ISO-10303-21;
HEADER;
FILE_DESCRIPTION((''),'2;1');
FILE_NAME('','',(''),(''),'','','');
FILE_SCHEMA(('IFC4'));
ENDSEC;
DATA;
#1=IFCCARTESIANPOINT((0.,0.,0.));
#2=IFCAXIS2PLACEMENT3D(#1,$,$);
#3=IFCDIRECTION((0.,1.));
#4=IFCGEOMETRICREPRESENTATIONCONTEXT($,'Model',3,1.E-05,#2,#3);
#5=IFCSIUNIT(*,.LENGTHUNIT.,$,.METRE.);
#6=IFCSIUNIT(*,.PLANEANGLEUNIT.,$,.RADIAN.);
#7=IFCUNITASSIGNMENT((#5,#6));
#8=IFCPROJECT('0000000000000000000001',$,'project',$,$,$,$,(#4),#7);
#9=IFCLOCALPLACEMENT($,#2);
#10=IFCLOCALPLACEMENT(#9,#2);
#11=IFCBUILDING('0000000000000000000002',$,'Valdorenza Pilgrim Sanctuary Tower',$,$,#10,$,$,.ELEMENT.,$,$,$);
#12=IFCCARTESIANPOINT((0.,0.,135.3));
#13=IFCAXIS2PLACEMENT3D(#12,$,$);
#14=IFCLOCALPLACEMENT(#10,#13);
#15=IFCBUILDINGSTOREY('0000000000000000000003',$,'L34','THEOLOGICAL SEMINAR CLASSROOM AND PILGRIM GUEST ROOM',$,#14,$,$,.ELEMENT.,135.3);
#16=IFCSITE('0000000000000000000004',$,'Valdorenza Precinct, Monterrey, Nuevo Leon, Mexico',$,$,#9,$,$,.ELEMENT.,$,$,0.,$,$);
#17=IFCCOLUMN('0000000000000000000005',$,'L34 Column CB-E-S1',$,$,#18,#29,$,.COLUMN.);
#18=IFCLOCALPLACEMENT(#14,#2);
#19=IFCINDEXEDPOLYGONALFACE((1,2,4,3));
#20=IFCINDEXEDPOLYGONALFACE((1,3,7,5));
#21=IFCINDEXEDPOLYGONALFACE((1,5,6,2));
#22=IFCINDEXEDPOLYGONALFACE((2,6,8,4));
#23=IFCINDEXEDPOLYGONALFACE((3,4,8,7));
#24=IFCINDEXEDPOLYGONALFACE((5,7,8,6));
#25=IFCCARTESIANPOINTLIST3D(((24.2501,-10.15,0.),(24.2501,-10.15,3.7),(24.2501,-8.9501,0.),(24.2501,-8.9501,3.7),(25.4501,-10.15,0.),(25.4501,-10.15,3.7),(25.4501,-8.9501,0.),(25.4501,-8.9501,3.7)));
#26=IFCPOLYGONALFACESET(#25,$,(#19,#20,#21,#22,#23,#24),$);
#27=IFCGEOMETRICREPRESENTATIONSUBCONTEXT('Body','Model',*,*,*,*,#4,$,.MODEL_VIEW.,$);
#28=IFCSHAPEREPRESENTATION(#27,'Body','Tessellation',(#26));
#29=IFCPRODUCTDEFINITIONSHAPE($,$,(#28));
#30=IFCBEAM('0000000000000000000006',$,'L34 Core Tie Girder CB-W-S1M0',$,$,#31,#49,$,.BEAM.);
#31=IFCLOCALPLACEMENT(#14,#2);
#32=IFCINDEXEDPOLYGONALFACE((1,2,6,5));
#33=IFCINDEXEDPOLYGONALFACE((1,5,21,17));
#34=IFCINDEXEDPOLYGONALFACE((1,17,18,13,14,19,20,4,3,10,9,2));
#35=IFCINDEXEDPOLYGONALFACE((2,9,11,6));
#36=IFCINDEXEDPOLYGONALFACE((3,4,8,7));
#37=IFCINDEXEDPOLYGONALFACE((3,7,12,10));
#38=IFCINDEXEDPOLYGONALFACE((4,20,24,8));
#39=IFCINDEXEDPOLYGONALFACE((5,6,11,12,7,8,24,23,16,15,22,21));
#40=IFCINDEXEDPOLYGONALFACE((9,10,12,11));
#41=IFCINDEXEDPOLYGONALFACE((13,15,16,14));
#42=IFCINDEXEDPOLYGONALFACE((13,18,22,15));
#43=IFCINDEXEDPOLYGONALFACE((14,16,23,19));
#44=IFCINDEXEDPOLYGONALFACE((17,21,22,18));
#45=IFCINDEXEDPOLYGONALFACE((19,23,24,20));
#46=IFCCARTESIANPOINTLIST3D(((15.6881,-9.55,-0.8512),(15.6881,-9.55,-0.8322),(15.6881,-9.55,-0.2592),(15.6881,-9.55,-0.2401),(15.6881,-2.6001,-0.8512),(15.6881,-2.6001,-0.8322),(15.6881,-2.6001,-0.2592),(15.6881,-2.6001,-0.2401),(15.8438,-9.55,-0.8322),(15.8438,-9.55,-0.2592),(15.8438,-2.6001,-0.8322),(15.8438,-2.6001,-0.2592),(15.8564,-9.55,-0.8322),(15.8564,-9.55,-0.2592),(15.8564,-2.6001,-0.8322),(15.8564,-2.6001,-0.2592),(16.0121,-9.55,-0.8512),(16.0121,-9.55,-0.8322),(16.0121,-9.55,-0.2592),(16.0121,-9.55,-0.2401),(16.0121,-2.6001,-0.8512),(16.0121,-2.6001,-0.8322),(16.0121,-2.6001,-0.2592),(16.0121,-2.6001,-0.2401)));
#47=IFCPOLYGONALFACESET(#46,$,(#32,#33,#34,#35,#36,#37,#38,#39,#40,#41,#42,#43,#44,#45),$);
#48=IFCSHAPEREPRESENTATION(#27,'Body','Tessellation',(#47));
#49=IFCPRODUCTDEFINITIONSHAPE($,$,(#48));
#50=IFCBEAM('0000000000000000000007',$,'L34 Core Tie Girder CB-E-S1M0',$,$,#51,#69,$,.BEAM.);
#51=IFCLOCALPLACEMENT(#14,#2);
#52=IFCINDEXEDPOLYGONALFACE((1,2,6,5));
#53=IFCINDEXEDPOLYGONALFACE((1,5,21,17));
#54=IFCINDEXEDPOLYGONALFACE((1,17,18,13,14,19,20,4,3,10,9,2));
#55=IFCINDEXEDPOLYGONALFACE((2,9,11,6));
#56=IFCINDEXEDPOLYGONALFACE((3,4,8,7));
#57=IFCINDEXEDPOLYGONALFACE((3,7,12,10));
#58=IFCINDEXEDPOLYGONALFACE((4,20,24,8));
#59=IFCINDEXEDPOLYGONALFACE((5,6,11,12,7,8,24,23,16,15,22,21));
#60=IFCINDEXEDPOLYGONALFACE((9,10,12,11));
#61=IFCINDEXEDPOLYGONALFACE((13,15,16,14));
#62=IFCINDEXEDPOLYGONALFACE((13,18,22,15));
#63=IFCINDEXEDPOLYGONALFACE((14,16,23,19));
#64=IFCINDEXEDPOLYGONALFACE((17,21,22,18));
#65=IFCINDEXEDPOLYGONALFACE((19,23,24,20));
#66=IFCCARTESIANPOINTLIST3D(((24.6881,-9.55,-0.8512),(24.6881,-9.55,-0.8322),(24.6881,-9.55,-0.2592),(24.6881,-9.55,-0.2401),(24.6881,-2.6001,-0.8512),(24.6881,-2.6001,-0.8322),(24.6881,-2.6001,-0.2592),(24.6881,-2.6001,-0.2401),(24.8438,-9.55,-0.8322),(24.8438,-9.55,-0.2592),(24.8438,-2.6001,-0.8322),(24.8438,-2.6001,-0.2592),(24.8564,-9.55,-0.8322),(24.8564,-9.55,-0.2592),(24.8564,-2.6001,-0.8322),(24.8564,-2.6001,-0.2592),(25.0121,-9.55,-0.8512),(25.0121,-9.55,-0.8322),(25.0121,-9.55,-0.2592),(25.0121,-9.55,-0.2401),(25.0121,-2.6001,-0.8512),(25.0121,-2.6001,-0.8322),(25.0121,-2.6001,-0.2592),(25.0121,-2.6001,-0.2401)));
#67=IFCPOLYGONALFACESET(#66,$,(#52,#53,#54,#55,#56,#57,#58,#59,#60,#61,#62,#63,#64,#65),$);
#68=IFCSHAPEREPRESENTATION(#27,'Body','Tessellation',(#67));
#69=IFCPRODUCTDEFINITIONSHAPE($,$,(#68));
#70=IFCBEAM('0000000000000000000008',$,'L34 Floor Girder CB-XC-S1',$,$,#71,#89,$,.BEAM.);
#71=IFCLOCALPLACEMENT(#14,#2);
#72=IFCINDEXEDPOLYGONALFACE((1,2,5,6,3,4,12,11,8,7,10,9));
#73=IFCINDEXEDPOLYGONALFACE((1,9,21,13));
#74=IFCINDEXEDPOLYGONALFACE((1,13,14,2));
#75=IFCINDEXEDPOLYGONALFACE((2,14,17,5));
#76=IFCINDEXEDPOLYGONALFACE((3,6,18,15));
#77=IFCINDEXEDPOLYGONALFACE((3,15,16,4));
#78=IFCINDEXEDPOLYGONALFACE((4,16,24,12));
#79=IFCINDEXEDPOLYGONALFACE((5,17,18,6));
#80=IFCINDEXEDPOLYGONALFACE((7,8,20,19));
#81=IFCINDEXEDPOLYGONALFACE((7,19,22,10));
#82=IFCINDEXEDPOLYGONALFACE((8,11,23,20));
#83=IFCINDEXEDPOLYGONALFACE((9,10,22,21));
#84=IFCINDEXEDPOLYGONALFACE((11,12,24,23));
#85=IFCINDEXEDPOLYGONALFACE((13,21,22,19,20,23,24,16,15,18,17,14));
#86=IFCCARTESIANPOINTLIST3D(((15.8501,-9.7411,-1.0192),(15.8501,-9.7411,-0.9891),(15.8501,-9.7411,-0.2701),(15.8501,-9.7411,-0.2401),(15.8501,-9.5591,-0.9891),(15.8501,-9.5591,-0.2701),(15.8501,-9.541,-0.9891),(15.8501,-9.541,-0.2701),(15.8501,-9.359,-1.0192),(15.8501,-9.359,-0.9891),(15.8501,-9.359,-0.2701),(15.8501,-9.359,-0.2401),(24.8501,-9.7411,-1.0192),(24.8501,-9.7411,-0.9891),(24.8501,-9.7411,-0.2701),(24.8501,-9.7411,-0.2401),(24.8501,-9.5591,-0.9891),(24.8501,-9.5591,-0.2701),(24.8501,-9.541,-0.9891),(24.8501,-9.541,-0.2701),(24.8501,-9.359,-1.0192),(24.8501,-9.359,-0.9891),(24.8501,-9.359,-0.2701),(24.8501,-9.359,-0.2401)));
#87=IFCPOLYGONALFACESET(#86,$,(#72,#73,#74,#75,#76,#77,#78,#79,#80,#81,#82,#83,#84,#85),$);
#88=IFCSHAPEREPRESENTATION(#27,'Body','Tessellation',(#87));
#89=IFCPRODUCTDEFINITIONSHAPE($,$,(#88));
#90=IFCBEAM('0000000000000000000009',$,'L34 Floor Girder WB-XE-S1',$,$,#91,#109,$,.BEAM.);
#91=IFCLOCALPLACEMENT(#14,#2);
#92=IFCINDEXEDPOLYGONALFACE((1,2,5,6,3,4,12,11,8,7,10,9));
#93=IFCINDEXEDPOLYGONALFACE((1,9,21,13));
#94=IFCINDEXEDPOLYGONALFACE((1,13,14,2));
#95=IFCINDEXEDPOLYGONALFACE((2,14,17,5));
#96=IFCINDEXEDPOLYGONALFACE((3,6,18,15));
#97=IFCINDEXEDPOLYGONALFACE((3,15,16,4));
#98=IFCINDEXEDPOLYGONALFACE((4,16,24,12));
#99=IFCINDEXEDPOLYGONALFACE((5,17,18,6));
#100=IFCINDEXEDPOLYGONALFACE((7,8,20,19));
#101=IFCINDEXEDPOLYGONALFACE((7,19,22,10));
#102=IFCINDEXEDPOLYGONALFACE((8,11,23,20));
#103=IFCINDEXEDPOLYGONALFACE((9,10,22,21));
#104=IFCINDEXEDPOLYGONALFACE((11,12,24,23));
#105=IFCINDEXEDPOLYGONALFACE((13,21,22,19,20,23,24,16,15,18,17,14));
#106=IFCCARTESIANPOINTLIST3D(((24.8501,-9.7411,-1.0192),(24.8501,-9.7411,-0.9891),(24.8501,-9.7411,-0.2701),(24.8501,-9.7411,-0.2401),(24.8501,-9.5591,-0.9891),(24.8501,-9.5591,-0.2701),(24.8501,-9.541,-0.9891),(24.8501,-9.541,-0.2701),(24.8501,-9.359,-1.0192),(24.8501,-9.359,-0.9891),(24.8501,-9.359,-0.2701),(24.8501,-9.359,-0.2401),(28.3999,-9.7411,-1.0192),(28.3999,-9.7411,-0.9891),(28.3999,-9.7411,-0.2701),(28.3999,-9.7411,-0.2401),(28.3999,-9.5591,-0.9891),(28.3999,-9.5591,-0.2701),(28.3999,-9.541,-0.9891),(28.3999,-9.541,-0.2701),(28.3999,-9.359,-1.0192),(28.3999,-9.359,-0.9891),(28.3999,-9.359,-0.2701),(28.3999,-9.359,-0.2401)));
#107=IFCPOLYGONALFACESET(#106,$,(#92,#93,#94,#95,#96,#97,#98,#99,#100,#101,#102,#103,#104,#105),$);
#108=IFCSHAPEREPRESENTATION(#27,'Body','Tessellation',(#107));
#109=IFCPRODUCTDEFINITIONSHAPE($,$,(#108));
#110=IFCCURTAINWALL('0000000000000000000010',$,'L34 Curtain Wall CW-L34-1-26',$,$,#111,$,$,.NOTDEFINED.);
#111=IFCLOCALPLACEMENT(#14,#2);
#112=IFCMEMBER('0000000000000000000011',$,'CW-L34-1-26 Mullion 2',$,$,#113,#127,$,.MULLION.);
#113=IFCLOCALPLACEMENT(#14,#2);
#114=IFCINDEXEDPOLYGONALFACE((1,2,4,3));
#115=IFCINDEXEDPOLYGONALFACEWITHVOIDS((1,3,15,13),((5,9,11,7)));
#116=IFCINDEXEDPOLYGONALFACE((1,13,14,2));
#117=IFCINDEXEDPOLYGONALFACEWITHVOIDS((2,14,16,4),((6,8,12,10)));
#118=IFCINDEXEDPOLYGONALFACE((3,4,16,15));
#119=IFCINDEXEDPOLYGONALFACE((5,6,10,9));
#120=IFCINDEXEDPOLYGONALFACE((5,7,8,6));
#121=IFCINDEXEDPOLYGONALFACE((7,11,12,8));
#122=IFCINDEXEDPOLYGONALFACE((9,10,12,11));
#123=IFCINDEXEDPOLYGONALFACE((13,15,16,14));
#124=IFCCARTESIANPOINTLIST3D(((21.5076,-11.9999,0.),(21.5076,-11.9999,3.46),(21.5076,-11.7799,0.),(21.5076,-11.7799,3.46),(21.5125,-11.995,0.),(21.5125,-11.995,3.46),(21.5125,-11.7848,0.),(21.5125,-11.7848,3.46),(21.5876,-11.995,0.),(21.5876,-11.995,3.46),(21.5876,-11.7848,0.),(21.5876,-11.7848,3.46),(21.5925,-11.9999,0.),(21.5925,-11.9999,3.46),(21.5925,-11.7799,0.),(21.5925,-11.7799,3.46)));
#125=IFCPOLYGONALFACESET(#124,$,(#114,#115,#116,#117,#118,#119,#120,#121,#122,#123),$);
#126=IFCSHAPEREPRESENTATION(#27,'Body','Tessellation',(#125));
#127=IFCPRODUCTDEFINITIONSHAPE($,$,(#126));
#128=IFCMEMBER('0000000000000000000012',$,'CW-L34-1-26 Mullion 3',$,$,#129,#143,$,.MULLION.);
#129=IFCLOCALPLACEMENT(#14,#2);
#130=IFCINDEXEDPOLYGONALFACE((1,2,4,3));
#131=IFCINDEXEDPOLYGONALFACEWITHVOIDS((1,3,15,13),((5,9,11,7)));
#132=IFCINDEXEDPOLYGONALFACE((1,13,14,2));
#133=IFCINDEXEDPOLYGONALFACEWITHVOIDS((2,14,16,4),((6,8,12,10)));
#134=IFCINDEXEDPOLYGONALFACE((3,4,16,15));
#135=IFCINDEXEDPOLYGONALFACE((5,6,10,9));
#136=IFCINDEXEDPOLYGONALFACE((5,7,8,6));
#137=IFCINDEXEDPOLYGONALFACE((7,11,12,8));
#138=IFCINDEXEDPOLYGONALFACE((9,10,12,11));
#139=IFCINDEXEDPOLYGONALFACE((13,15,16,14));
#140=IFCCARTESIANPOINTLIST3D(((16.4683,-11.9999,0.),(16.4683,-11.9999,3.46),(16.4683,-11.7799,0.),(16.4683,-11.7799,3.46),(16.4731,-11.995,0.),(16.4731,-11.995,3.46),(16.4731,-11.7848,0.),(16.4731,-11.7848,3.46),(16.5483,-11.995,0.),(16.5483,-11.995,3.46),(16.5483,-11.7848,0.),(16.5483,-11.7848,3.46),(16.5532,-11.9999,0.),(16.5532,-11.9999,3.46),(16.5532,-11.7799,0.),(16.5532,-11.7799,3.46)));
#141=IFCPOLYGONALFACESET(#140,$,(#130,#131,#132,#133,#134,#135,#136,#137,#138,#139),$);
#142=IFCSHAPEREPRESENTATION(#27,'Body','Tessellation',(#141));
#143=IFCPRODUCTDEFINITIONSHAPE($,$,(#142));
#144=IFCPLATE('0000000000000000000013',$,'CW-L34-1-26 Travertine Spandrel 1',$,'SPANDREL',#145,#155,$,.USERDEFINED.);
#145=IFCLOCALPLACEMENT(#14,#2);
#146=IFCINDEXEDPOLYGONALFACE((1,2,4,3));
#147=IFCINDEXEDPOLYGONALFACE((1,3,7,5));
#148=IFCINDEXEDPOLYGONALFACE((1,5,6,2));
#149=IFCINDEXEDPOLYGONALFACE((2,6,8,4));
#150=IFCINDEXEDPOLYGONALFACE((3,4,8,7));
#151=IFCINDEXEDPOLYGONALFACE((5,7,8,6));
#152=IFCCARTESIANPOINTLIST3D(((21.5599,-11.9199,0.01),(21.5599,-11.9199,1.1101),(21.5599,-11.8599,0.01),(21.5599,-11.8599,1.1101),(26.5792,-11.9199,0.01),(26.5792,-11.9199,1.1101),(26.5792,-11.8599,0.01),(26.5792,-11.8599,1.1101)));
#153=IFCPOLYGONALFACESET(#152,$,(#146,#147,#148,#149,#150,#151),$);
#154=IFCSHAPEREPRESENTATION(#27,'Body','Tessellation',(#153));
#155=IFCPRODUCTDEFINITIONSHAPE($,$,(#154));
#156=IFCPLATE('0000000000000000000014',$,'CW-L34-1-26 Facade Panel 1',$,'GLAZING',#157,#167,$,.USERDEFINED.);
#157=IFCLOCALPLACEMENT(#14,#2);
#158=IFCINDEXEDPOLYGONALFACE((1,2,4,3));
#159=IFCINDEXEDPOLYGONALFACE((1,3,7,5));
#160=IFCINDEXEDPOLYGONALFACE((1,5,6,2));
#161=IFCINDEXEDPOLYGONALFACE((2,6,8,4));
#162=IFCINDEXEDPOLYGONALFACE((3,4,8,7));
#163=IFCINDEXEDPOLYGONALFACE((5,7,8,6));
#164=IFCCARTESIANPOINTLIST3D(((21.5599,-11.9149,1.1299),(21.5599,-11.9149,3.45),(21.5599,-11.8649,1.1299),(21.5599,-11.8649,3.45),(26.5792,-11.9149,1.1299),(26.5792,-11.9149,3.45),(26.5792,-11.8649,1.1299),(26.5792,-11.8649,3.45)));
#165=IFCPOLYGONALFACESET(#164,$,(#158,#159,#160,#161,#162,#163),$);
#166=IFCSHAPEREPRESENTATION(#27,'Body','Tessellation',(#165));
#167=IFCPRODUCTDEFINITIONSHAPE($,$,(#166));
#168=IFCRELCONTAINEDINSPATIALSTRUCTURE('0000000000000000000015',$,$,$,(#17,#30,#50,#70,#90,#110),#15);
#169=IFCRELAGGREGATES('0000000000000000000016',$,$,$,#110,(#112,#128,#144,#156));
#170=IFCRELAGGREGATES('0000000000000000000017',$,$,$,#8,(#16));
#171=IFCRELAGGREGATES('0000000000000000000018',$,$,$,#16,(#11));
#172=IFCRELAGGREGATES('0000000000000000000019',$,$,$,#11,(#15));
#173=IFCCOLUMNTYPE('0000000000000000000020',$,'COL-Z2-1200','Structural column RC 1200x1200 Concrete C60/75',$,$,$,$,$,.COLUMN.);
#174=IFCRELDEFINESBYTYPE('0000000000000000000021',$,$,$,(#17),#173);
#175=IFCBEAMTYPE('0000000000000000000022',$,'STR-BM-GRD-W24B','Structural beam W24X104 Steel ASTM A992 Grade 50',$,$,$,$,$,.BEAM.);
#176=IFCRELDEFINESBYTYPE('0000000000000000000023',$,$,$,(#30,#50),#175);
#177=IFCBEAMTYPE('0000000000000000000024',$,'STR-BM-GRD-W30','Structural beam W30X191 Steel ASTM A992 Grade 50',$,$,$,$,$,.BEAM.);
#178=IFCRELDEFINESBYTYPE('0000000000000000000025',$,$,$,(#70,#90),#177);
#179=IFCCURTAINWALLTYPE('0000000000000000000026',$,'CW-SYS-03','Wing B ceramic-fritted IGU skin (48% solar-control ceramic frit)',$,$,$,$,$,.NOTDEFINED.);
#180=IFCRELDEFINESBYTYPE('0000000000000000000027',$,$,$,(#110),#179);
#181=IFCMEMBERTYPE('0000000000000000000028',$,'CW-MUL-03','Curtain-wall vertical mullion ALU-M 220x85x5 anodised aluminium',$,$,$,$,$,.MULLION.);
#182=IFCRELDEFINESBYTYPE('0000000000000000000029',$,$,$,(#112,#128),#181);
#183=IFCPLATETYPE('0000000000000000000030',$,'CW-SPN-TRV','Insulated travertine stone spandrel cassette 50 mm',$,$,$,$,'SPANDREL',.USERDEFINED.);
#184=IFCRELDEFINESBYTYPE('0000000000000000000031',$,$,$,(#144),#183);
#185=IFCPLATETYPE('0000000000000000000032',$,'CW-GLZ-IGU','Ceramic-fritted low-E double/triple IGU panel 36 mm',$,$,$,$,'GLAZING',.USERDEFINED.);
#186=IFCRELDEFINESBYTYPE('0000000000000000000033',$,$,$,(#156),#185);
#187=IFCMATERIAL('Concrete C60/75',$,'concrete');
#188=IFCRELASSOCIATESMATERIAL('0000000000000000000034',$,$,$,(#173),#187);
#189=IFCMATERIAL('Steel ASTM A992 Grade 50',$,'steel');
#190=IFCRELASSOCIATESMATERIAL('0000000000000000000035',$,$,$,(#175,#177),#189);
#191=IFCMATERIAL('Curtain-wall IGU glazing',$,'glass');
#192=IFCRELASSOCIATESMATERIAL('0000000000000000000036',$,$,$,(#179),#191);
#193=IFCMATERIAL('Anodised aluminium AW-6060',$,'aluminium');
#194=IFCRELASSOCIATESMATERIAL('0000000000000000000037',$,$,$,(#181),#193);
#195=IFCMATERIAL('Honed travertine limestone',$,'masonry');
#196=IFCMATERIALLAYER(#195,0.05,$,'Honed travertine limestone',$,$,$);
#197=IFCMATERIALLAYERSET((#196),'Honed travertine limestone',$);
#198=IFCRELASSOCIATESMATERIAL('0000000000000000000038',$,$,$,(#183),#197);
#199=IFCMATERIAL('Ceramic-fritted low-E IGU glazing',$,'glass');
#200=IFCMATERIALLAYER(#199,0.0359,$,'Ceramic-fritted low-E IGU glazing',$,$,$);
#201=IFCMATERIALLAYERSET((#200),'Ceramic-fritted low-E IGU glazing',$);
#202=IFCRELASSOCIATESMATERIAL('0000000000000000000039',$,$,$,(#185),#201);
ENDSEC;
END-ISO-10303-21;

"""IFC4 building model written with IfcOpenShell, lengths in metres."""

from ifc_helpers import new_model, si_unit, direction, frame, origin, origin_2d, place, context, subcontext, project, spatial, rectangle, hollow_rectangle, i_section, extrude, source, transform, mapped, material, layer, layer_set, material_profile, profile_set, type_object, element, aggregate, save


model = new_model("IFC4")

# Units and contexts
model_context = context("Model", 3, precision=1e-05, world=origin(), true_north=direction((0.0, 1.0)))
body_context = subcontext(model_context, "Body", "Model", "MODEL_VIEW")
ifc_project = project(units=[si_unit("LENGTHUNIT", "METRE"), si_unit("PLANEANGLEUNIT", "RADIAN")], contexts=[model_context])

# Site, building, storey
site_placement = place(None, origin())
site = spatial("IfcSite", under=ifc_project, at=site_placement, Name="Valdorenza Precinct, Monterrey, Nuevo Leon, Mexico", CompositionType="ELEMENT", RefElevation=0.0)
building_placement = place(site_placement, origin())
building = spatial("IfcBuilding", under=site, at=building_placement, Name="Valdorenza Pilgrim Sanctuary Tower", CompositionType="ELEMENT")
storey_placement = place(building_placement, frame((0.0, 0.0, 135.3)))
storey = spatial("IfcBuildingStorey", under=building, at=storey_placement, Name="L34", Description="THEOLOGICAL SEMINAR CLASSROOM AND PILGRIM GUEST ROOM", CompositionType="ELEMENT", Elevation=135.3)

# Column
ifc_material_1 = material(Name="Concrete C60/75", Category="concrete")
ifc_material_profile_1 = material_profile(ifc_material_1, rectangle(XDim=1.2, YDim=1.2, at=origin_2d()), Name="RC 1200x1200")
ifc_profile_set_1 = profile_set([ifc_material_profile_1], Name="Concrete C60/75")
column_type = type_object("IfcColumnType", Name="COL-Z2-1200", Description="Structural column RC 1200x1200 Concrete C60/75", PredefinedType="COLUMN", material=ifc_profile_set_1)
shared_shape_1 = source(origin(), body_context, "Body", "SweptSolid", [
    extrude(rectangle(XDim=1.2, YDim=1.2, at=origin_2d()), origin(), (0.0, 0.0, 1.0), 3.7),
])
column_placement = place(storey_placement, frame((24.8501, -9.55, 0.0), z_axis=(0.0, 0.0, 1.0), x_axis=(1.0, 0.0, 0.0)))
element("IfcColumn", 1, at=column_placement, inside=storey, type_object=column_type, Name="L34 Column CB-E-S1", PredefinedType="COLUMN", context=body_context, shape_type="MappedRepresentation", body=[
    mapped(shared_shape_1, transform((0.0, 0.0, 0.0), x_axis=(1.0, 0.0, 0.0), y_axis=(0.0, 1.0, 0.0), z_axis=(0.0, 0.0, 1.0), scale=1.0)),
])

# Beams
ifc_material_2 = material(Name="Steel ASTM A992 Grade 50", Category="steel")
ifc_material_profile_2 = material_profile(ifc_material_2, i_section(OverallWidth=0.324, OverallDepth=0.6111, WebThickness=0.0127, FlangeThickness=0.019, at=origin_2d()), Name="W24X104")
ifc_profile_set_2 = profile_set([ifc_material_profile_2], Name="Steel ASTM A992 Grade 50")
beam_type_1 = type_object("IfcBeamType", Name="STR-BM-GRD-W24B", Description="Structural beam W24X104 Steel ASTM A992 Grade 50", PredefinedType="BEAM", material=ifc_profile_set_2)
shared_shape_2 = source(origin(), body_context, "Body", "SweptSolid", [
    extrude(i_section(OverallWidth=0.324, OverallDepth=0.6111, WebThickness=0.0127, FlangeThickness=0.019, at=origin_2d()), origin(), (0.0, 0.0, 1.0), 6.95),
])
for number, where, z_axis, x_axis, name in (
    (2, (15.8501, -9.55, -0.5457), (0.0, 1.0, 0.0), (-1.0, 0.0, 0.0), "L34 Core Tie Girder CB-W-S1M0"),
    (3, (24.8501, -9.55, -0.5457), (0.0, 1.0, 0.0), (-1.0, 0.0, 0.0), "L34 Core Tie Girder CB-E-S1M0"),
):
    element("IfcBeam", number, at=place(storey_placement, frame(where, z_axis=z_axis, x_axis=x_axis)), inside=storey, type_object=beam_type_1, Name=name, PredefinedType="BEAM", context=body_context, shape_type="MappedRepresentation", body=[
        mapped(shared_shape_2, transform((0.0, 0.0, 0.0), x_axis=(1.0, 0.0, 0.0), y_axis=(0.0, 1.0, 0.0), z_axis=(0.0, 0.0, 1.0), scale=1.0)),
    ])
ifc_material_profile_3 = material_profile(ifc_material_2, i_section(OverallWidth=0.3821, OverallDepth=0.7791, WebThickness=0.0181, FlangeThickness=0.03, at=origin_2d()), Name="W30X191")
ifc_profile_set_3 = profile_set([ifc_material_profile_3], Name="Steel ASTM A992 Grade 50")
beam_type_2 = type_object("IfcBeamType", Name="STR-BM-GRD-W30", Description="Structural beam W30X191 Steel ASTM A992 Grade 50", PredefinedType="BEAM", material=ifc_profile_set_3)
shared_shape_3 = source(origin(), body_context, "Body", "SweptSolid", [
    extrude(i_section(OverallWidth=0.3821, OverallDepth=0.7791, WebThickness=0.0181, FlangeThickness=0.03, at=origin_2d()), origin(), (0.0, 0.0, 1.0), 9.0),
])
beam_1_placement = place(storey_placement, frame((15.8501, -9.55, -0.6296), z_axis=(1.0, 0.0, 0.0), x_axis=(0.0, 1.0, 0.0)))
element("IfcBeam", 4, at=beam_1_placement, inside=storey, type_object=beam_type_2, Name="L34 Floor Girder CB-XC-S1", PredefinedType="BEAM", context=body_context, shape_type="MappedRepresentation", body=[
    mapped(shared_shape_3, transform((0.0, 0.0, 0.0), x_axis=(1.0, 0.0, 0.0), y_axis=(0.0, 1.0, 0.0), z_axis=(0.0, 0.0, 1.0), scale=1.0)),
])
shared_shape_4 = source(origin(), body_context, "Body", "SweptSolid", [
    extrude(i_section(OverallWidth=0.3821, OverallDepth=0.7791, WebThickness=0.0181, FlangeThickness=0.03, at=origin_2d()), origin(), (0.0, 0.0, 1.0), 3.5498),
])
beam_2_placement = place(storey_placement, frame((24.8501, -9.55, -0.6296), z_axis=(1.0, 0.0, 0.0), x_axis=(0.0, 1.0, 0.0)))
element("IfcBeam", 5, at=beam_2_placement, inside=storey, type_object=beam_type_2, Name="L34 Floor Girder WB-XE-S1", PredefinedType="BEAM", context=body_context, shape_type="MappedRepresentation", body=[
    mapped(shared_shape_4, transform((0.0, 0.0, 0.0), x_axis=(1.0, 0.0, 0.0), y_axis=(0.0, 1.0, 0.0), z_axis=(0.0, 0.0, 1.0), scale=1.0)),
])

# Curtain wall, members, plates
ifc_material_3 = material(Name="Curtain-wall IGU glazing", Category="glass")
curtain_wall_type = type_object("IfcCurtainWallType", Name="CW-SYS-03", Description="Wing B ceramic-fritted IGU skin (48% solar-control ceramic frit)", PredefinedType="NOTDEFINED", material=ifc_material_3)
curtain_wall_placement = place(storey_placement, origin())
curtain_wall = element("IfcCurtainWall", 6, at=curtain_wall_placement, inside=storey, type_object=curtain_wall_type, Name="L34 Curtain Wall CW-L34-1-26", PredefinedType="NOTDEFINED")
ifc_material_4 = material(Name="Anodised aluminium AW-6060", Category="aluminium")
ifc_material_profile_4 = material_profile(ifc_material_4, hollow_rectangle(XDim=0.085, YDim=0.22, WallThickness=0.0049, at=origin_2d()), Name="ALU-M 220x85x5")
ifc_profile_set_4 = profile_set([ifc_material_profile_4], Name="Anodised aluminium AW-6060")
member_type = type_object("IfcMemberType", Name="CW-MUL-03", Description="Curtain-wall vertical mullion ALU-M 220x85x5 anodised aluminium", PredefinedType="MULLION", material=ifc_profile_set_4)
shared_shape_5 = source(origin(), body_context, "Body", "SweptSolid", [
    extrude(hollow_rectangle(XDim=0.085, YDim=0.22, WallThickness=0.0049, at=origin_2d()), origin(), (0.0, 0.0, 1.0), 3.46),
])
member_1_placement = place(storey_placement, frame((21.55, -11.8899, 0.0), z_axis=(0.0, 0.0, 1.0), x_axis=(-1.0, 0.0, 0.0)))
member_1 = element("IfcMember", 7, at=member_1_placement, type_object=member_type, Name="CW-L34-1-26 Mullion 2", PredefinedType="MULLION", context=body_context, shape_type="MappedRepresentation", body=[
    mapped(shared_shape_5, transform((0.0, 0.0, 0.0), x_axis=(1.0, 0.0, 0.0), y_axis=(0.0, 1.0, 0.0), z_axis=(0.0, 0.0, 1.0), scale=1.0)),
])
member_2_placement = place(storey_placement, frame((16.5107, -11.8899, 0.0), z_axis=(0.0, 0.0, 1.0), x_axis=(-1.0, 0.0, 0.0)))
member_2 = element("IfcMember", 8, at=member_2_placement, type_object=member_type, Name="CW-L34-1-26 Mullion 3", PredefinedType="MULLION", context=body_context, shape_type="MappedRepresentation", body=[
    mapped(shared_shape_5, transform((0.0, 0.0, 0.0), x_axis=(1.0, 0.0, 0.0), y_axis=(0.0, 1.0, 0.0), z_axis=(0.0, 0.0, 1.0), scale=1.0)),
])
ifc_material_5 = material(Name="Honed travertine limestone", Category="masonry")
ifc_layer_1 = layer(ifc_material_5, 0.05, Name="Honed travertine limestone")
ifc_layer_set_1 = layer_set([ifc_layer_1], Name="Honed travertine limestone")
plate_type_1 = type_object("IfcPlateType", Name="CW-SPN-TRV", Description="Insulated travertine stone spandrel cassette 50 mm", ElementType="SPANDREL", PredefinedType="USERDEFINED", material=ifc_layer_set_1)
shared_shape_6 = source(origin(), body_context, "Body", "SweptSolid", [
    extrude(rectangle(XDim=5.0193, YDim=0.0601, at=origin_2d()), origin(), (0.0, 0.0, 1.0), 1.1001),
])
plate_1_placement = place(storey_placement, frame((24.0696, -11.8899, 0.01), z_axis=(0.0, 0.0, 1.0), x_axis=(-1.0, 0.0, 0.0)))
plate_1 = element("IfcPlate", 9, at=plate_1_placement, type_object=plate_type_1, Name="CW-L34-1-26 Travertine Spandrel 1", ObjectType="SPANDREL", PredefinedType="USERDEFINED", context=body_context, shape_type="MappedRepresentation", body=[
    mapped(shared_shape_6, transform((0.0, 0.0, 0.0), x_axis=(1.0, 0.0, 0.0), y_axis=(0.0, 1.0, 0.0), z_axis=(0.0, 0.0, 1.0), scale=1.0)),
])
ifc_material_6 = material(Name="Ceramic-fritted low-E IGU glazing", Category="glass")
ifc_layer_2 = layer(ifc_material_6, 0.0359, Name="Ceramic-fritted low-E IGU glazing")
ifc_layer_set_2 = layer_set([ifc_layer_2], Name="Ceramic-fritted low-E IGU glazing")
plate_type_2 = type_object("IfcPlateType", Name="CW-GLZ-IGU", Description="Ceramic-fritted low-E double/triple IGU panel 36 mm", ElementType="GLAZING", PredefinedType="USERDEFINED", material=ifc_layer_set_2)
shared_shape_7 = source(origin(), body_context, "Body", "SweptSolid", [
    extrude(rectangle(XDim=5.0193, YDim=0.05, at=origin_2d()), origin(), (0.0, 0.0, 1.0), 2.3201),
])
plate_2_placement = place(storey_placement, frame((24.0696, -11.8899, 1.1299), z_axis=(0.0, 0.0, 1.0), x_axis=(-1.0, 0.0, 0.0)))
plate_2 = element("IfcPlate", 10, at=plate_2_placement, type_object=plate_type_2, Name="CW-L34-1-26 Facade Panel 1", ObjectType="GLAZING", PredefinedType="USERDEFINED", context=body_context, shape_type="MappedRepresentation", body=[
    mapped(shared_shape_7, transform((0.0, 0.0, 0.0), x_axis=(1.0, 0.0, 0.0), y_axis=(0.0, 1.0, 0.0), z_axis=(0.0, 0.0, 1.0), scale=1.0)),
])
aggregate(curtain_wall, [member_1, member_2, plate_1, plate_2])

save(model, "model.ifc")
